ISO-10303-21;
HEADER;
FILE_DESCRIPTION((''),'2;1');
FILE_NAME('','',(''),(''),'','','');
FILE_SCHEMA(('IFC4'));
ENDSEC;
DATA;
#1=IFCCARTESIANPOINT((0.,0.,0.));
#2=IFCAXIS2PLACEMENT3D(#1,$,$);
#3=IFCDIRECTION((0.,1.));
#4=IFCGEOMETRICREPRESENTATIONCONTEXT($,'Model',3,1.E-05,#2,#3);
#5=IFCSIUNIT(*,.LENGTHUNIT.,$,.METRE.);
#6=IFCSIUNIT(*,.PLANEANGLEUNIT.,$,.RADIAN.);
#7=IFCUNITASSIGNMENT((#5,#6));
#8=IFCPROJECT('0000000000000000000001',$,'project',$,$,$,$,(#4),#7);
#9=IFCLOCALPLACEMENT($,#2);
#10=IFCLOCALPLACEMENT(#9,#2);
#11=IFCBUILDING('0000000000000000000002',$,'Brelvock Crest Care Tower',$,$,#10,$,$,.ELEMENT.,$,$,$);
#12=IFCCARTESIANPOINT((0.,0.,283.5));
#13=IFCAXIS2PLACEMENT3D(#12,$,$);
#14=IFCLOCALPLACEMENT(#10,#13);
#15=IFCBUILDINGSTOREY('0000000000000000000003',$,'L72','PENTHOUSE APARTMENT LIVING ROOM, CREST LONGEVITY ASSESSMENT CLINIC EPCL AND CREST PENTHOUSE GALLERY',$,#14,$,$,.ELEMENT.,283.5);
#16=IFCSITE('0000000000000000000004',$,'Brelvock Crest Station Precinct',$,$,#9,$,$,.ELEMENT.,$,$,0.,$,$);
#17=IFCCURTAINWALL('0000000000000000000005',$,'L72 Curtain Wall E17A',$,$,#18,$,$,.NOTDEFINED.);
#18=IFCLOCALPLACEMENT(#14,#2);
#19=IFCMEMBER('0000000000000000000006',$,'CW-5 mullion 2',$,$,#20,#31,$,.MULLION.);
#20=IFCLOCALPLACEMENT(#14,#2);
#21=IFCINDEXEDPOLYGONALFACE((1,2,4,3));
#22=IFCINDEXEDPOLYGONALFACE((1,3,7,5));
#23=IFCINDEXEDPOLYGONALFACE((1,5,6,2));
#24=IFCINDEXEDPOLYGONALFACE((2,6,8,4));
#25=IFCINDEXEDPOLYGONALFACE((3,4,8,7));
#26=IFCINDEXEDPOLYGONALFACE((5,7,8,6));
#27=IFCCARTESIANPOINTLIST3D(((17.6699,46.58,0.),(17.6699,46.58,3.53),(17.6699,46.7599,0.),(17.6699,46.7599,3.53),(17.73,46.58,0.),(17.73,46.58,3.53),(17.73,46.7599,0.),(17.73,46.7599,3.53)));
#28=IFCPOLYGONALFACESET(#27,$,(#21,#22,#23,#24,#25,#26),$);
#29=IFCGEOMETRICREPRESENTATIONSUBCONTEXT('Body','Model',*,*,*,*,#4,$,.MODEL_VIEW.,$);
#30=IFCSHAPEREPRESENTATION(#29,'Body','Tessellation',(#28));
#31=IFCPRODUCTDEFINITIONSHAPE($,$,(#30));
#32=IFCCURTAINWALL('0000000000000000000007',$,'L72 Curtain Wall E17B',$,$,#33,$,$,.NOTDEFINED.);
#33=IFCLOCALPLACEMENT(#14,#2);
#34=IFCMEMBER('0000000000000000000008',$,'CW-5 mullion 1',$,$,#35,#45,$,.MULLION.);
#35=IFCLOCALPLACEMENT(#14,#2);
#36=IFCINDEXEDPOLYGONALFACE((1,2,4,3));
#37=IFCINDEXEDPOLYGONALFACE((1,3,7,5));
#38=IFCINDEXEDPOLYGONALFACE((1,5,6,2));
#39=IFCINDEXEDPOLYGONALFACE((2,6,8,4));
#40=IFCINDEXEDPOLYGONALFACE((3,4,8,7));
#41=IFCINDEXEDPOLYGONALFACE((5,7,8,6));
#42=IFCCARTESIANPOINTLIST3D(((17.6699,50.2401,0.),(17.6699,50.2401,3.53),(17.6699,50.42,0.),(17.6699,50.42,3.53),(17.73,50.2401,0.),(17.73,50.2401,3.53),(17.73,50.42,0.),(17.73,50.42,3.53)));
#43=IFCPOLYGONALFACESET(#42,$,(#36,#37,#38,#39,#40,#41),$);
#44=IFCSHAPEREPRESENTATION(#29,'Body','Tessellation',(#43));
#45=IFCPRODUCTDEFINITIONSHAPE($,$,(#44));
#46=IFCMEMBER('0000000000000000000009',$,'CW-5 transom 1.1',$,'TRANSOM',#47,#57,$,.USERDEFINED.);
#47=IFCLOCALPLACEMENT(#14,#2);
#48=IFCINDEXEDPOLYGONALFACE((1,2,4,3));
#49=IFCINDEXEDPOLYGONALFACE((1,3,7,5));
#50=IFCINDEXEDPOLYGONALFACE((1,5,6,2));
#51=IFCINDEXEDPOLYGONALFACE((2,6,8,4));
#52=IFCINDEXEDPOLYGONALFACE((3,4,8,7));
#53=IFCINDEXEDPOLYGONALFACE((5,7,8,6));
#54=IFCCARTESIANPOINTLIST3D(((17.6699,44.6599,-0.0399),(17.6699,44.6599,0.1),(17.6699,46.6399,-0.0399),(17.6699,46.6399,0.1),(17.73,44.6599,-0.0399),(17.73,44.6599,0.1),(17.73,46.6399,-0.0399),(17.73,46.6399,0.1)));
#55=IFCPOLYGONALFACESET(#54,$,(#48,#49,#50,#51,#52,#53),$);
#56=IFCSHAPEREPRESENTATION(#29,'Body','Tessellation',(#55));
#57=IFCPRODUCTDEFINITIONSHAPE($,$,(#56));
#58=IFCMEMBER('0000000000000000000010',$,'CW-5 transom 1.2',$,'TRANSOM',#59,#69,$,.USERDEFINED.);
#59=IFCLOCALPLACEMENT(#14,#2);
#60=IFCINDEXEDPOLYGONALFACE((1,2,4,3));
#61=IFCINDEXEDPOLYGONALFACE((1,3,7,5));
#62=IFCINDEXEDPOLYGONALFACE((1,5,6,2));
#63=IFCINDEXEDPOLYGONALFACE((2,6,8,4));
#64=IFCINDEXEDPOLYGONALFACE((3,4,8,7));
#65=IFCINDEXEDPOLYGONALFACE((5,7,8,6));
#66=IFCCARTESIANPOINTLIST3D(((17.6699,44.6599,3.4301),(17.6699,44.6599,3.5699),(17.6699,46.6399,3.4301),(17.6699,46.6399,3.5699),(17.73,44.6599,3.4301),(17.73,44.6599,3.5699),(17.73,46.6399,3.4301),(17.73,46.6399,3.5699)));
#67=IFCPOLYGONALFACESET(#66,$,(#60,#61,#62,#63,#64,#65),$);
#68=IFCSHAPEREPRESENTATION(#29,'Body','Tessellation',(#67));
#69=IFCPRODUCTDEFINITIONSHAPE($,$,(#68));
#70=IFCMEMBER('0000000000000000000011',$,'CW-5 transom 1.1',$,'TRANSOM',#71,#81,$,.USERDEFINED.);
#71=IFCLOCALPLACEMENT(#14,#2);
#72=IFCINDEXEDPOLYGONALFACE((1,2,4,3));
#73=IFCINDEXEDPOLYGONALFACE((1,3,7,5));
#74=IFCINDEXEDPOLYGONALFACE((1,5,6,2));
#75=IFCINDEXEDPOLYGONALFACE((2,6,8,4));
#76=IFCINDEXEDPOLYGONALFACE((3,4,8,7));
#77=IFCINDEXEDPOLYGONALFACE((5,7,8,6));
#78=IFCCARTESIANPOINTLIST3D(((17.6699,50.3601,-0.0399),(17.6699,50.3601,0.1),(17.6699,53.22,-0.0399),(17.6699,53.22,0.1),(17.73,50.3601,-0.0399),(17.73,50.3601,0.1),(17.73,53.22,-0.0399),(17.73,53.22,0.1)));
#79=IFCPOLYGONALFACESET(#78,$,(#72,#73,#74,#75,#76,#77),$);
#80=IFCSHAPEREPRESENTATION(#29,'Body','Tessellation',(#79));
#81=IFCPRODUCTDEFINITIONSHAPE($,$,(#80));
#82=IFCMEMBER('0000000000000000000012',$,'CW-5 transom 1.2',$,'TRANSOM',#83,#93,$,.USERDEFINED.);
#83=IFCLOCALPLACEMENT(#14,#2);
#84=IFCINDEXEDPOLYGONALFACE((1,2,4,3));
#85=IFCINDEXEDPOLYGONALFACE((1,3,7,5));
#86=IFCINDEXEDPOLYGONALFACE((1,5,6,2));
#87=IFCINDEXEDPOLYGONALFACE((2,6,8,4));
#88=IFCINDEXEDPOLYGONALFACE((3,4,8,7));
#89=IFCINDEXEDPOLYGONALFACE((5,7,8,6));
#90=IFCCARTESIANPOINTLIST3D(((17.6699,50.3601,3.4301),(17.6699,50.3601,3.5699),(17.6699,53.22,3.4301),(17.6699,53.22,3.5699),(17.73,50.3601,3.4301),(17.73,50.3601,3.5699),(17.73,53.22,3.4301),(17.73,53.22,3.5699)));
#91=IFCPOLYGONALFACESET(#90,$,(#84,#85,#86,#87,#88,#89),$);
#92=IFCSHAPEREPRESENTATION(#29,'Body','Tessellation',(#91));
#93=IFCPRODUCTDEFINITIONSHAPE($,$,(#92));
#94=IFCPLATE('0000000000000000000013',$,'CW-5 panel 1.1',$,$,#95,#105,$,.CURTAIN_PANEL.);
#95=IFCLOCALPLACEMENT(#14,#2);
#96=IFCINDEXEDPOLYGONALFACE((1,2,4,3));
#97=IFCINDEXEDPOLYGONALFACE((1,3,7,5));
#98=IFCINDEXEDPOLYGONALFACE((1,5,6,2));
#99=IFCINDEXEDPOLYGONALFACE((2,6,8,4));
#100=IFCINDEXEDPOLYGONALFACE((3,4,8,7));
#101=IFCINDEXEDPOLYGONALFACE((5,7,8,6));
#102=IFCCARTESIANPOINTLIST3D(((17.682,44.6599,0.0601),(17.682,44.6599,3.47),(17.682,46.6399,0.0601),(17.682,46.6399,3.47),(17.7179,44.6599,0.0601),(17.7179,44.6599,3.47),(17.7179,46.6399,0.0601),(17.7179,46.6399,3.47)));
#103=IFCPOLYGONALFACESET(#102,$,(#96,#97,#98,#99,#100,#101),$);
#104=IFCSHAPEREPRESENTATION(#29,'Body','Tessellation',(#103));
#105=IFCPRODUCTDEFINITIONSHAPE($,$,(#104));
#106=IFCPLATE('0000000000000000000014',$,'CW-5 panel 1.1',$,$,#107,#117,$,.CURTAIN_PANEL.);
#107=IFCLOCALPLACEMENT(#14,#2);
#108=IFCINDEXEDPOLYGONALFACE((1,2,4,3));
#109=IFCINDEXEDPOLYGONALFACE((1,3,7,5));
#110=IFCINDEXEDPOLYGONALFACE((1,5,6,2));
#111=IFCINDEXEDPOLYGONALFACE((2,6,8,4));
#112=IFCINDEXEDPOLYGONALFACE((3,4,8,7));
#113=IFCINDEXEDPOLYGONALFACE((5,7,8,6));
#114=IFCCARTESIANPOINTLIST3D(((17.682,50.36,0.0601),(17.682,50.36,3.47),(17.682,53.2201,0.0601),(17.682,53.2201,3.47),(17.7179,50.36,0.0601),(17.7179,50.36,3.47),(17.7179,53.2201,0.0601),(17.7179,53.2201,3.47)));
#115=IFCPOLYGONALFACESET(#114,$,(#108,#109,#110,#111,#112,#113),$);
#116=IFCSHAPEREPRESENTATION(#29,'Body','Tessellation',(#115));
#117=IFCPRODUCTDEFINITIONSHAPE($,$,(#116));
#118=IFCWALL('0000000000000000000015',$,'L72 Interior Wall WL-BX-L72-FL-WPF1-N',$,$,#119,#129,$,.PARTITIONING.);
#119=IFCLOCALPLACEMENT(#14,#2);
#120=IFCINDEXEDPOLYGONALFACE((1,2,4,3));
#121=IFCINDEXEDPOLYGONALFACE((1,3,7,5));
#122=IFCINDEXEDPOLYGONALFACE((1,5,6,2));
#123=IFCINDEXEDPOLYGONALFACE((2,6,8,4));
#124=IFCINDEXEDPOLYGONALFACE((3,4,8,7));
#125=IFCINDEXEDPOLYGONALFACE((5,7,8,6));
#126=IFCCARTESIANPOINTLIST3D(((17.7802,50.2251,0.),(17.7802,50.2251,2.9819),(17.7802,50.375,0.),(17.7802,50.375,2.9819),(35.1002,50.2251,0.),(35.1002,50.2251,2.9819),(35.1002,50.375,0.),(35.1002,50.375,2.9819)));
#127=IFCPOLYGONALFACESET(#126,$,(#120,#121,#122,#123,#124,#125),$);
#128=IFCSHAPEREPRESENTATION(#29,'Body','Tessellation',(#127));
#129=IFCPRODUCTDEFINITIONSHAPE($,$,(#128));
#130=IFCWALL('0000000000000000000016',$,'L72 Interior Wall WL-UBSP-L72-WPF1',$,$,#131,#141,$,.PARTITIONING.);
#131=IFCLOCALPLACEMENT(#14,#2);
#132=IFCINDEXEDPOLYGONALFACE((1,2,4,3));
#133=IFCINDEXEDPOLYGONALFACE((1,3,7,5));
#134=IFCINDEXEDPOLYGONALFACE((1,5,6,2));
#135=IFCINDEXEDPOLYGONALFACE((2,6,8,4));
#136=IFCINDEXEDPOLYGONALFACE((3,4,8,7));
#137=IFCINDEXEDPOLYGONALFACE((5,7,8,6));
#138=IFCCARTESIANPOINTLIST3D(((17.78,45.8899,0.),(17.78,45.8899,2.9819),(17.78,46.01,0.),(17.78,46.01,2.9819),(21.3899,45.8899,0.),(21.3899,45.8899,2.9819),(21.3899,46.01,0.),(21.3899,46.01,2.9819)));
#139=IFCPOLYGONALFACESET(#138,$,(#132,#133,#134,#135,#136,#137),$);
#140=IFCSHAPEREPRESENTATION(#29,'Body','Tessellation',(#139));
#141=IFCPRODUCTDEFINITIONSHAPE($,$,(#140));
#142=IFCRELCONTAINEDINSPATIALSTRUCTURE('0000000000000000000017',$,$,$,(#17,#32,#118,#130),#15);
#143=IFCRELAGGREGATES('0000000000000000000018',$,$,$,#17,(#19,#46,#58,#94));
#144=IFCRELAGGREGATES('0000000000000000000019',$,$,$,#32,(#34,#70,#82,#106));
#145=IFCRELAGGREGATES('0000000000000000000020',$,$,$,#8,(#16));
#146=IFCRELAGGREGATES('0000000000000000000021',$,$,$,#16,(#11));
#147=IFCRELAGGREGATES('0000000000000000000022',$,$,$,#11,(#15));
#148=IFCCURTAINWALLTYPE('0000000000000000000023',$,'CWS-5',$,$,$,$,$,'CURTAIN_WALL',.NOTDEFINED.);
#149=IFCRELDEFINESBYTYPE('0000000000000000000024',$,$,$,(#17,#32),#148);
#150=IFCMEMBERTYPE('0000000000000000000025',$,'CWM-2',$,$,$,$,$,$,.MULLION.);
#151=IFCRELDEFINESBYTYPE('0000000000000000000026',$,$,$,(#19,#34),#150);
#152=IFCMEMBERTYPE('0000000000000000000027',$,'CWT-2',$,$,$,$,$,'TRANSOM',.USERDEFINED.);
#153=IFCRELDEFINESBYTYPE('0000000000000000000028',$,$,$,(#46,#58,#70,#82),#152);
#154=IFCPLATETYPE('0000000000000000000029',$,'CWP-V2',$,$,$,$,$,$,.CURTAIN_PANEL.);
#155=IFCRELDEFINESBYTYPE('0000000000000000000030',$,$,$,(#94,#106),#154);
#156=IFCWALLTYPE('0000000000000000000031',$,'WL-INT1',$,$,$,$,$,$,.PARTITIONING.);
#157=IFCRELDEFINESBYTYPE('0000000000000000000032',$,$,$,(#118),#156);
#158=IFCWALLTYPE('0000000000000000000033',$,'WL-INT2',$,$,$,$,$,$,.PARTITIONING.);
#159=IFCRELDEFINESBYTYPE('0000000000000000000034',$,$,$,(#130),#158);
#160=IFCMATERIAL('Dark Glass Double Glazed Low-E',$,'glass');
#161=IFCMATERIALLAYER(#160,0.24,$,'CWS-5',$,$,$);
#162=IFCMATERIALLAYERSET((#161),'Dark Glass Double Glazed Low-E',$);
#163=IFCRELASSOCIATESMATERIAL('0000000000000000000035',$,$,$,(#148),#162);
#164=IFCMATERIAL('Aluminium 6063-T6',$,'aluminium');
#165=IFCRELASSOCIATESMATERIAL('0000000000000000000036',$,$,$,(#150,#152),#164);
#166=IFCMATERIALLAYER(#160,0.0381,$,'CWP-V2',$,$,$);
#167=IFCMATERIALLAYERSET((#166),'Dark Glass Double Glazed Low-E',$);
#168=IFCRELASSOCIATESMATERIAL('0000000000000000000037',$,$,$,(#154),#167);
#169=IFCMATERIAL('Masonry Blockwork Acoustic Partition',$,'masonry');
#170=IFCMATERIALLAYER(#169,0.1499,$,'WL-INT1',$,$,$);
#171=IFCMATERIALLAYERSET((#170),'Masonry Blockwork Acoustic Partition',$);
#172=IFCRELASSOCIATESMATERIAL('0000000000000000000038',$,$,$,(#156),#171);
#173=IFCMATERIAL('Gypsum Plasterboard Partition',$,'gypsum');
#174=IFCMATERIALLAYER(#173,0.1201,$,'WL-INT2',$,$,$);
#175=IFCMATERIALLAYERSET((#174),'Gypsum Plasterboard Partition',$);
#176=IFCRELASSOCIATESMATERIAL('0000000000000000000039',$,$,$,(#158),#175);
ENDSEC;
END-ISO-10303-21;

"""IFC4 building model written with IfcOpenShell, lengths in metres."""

from ifc_helpers import new_model, si_unit, direction, frame, frame_2d, origin, origin_2d, place, context, subcontext, project, spatial, rectangle, extrude, source, transform, mapped, material, layer, layer_set, material_profile, profile_set, type_object, element, aggregate, save


model = new_model("IFC4")

# Units and contexts
model_context = context("Model", 3, precision=1e-05, world=origin(), true_north=direction((0.0, 1.0)))
body_context = subcontext(model_context, "Body", "Model", "MODEL_VIEW")
ifc_project = project(units=[si_unit("LENGTHUNIT", "METRE"), si_unit("PLANEANGLEUNIT", "RADIAN")], contexts=[model_context])

# Site, building, storey
site_placement = place(None, origin())
site = spatial("IfcSite", under=ifc_project, at=site_placement, Name="Brelvock Crest Station Precinct", CompositionType="ELEMENT", RefElevation=0.0)
building_placement = place(site_placement, origin())
building = spatial("IfcBuilding", under=site, at=building_placement, Name="Brelvock Crest Care Tower", CompositionType="ELEMENT")
storey_placement = place(building_placement, frame((0.0, 0.0, 283.5)))
storey = spatial("IfcBuildingStorey", under=building, at=storey_placement, Name="L72", Description="PENTHOUSE APARTMENT LIVING ROOM, CREST LONGEVITY ASSESSMENT CLINIC EPCL AND CREST PENTHOUSE GALLERY", CompositionType="ELEMENT", Elevation=283.5)

# Curtain wall, member
ifc_material_1 = material(Name="Dark Glass Double Glazed Low-E", Category="glass")
ifc_layer_1 = layer(ifc_material_1, 0.24, Name="CWS-5")
ifc_layer_set_1 = layer_set([ifc_layer_1], Name="Dark Glass Double Glazed Low-E")
curtain_wall_type = type_object("IfcCurtainWallType", Name="CWS-5", ElementType="CURTAIN_WALL", PredefinedType="NOTDEFINED", material=ifc_layer_set_1)
curtain_wall_1_placement = place(storey_placement, origin())
curtain_wall_1 = element("IfcCurtainWall", 1, at=curtain_wall_1_placement, inside=storey, type_object=curtain_wall_type, Name="L72 Curtain Wall E17A", PredefinedType="NOTDEFINED")
ifc_material_2 = material(Name="Aluminium 6063-T6", Category="aluminium")
ifc_material_profile_1 = material_profile(ifc_material_2, rectangle(XDim=0.0601, YDim=0.1799, at=origin_2d()), Name="ALU60x180")
ifc_profile_set_1 = profile_set([ifc_material_profile_1], Name="Aluminium 6063-T6")
member_type_1 = type_object("IfcMemberType", Name="CWM-2", PredefinedType="MULLION", material=ifc_profile_set_1)
shared_shape_1 = source(origin(), body_context, "Body", "SweptSolid", [
    extrude(rectangle(XDim=0.0601, YDim=0.1799, at=origin_2d()), origin(), (0.0, 0.0, 1.0), 3.53),
])
member_1_placement = place(storey_placement, frame((17.7, 46.6699, 0.0), z_axis=(0.0, 0.0, 1.0), x_axis=(-1.0, 0.0, 0.0)))
member_1 = element("IfcMember", 2, at=member_1_placement, type_object=member_type_1, Name="CW-5 mullion 2", PredefinedType="MULLION", context=body_context, shape_type="MappedRepresentation", body=[
    mapped(shared_shape_1, transform((0.0, 0.0, 0.0), x_axis=(1.0, 0.0, 0.0), y_axis=(0.0, 1.0, 0.0), z_axis=(0.0, 0.0, 1.0), scale=1.0)),
])

# Curtain wall, member
curtain_wall_2_placement = place(storey_placement, origin())
curtain_wall_2 = element("IfcCurtainWall", 3, at=curtain_wall_2_placement, inside=storey, type_object=curtain_wall_type, Name="L72 Curtain Wall E17B", PredefinedType="NOTDEFINED")
member_2_placement = place(storey_placement, frame((17.7, 50.3301, 0.0), z_axis=(0.0, 0.0, 1.0), x_axis=(-1.0, 0.0, 0.0)))
member_2 = element("IfcMember", 4, at=member_2_placement, type_object=member_type_1, Name="CW-5 mullion 1", PredefinedType="MULLION", context=body_context, shape_type="MappedRepresentation", body=[
    mapped(shared_shape_1, transform((0.0, 0.0, 0.0), x_axis=(1.0, 0.0, 0.0), y_axis=(0.0, 1.0, 0.0), z_axis=(0.0, 0.0, 1.0), scale=1.0)),
])

# Members
ifc_material_profile_2 = material_profile(ifc_material_2, rectangle(XDim=0.0601, YDim=0.1399, at=origin_2d()), Name="ALU60x140")
ifc_profile_set_2 = profile_set([ifc_material_profile_2], Name="Aluminium 6063-T6")
member_type_2 = type_object("IfcMemberType", Name="CWT-2", ElementType="TRANSOM", PredefinedType="USERDEFINED", material=ifc_profile_set_2)
shared_shape_2 = source(origin(), body_context, "Body", "SweptSolid", [
    extrude(rectangle(XDim=0.0601, YDim=0.1399, at=origin_2d()), origin(), (0.0, 0.0, 1.0), 1.98),
])
member_3_placement = place(storey_placement, frame((17.7, 44.6599, 0.03), z_axis=(0.0, 1.0, 0.0), x_axis=(-1.0, 0.0, 0.0)))
member_3 = element("IfcMember", 5, at=member_3_placement, type_object=member_type_2, Name="CW-5 transom 1.1", ObjectType="TRANSOM", PredefinedType="USERDEFINED", context=body_context, shape_type="MappedRepresentation", body=[
    mapped(shared_shape_2, transform((0.0, 0.0, 0.0), x_axis=(1.0, 0.0, 0.0), y_axis=(0.0, 1.0, 0.0), z_axis=(0.0, 0.0, 1.0), scale=1.0)),
])
member_4_placement = place(storey_placement, frame((17.7, 44.6599, 3.5), z_axis=(0.0, 1.0, 0.0), x_axis=(-1.0, 0.0, 0.0)))
member_4 = element("IfcMember", 6, at=member_4_placement, type_object=member_type_2, Name="CW-5 transom 1.2", ObjectType="TRANSOM", PredefinedType="USERDEFINED", context=body_context, shape_type="MappedRepresentation", body=[
    mapped(shared_shape_2, transform((0.0, 0.0, 0.0), x_axis=(1.0, 0.0, 0.0), y_axis=(0.0, 1.0, 0.0), z_axis=(0.0, 0.0, 1.0), scale=1.0)),
])
shared_shape_3 = source(origin(), body_context, "Body", "SweptSolid", [
    extrude(rectangle(XDim=0.0601, YDim=0.1399, at=origin_2d()), origin(), (0.0, 0.0, 1.0), 2.8599),
])
member_5_placement = place(storey_placement, frame((17.7, 50.3601, 0.03), z_axis=(0.0, 1.0, 0.0), x_axis=(-1.0, 0.0, 0.0)))
member_5 = element("IfcMember", 7, at=member_5_placement, type_object=member_type_2, Name="CW-5 transom 1.1", ObjectType="TRANSOM", PredefinedType="USERDEFINED", context=body_context, shape_type="MappedRepresentation", body=[
    mapped(shared_shape_3, transform((0.0, 0.0, 0.0), x_axis=(1.0, 0.0, 0.0), y_axis=(0.0, 1.0, 0.0), z_axis=(0.0, 0.0, 1.0), scale=1.0)),
])
member_6_placement = place(storey_placement, frame((17.7, 50.3601, 3.5), z_axis=(0.0, 1.0, 0.0), x_axis=(-1.0, 0.0, 0.0)))
member_6 = element("IfcMember", 8, at=member_6_placement, type_object=member_type_2, Name="CW-5 transom 1.2", ObjectType="TRANSOM", PredefinedType="USERDEFINED", context=body_context, shape_type="MappedRepresentation", body=[
    mapped(shared_shape_3, transform((0.0, 0.0, 0.0), x_axis=(1.0, 0.0, 0.0), y_axis=(0.0, 1.0, 0.0), z_axis=(0.0, 0.0, 1.0), scale=1.0)),
])

# Plates
ifc_layer_2 = layer(ifc_material_1, 0.0381, Name="CWP-V2")
ifc_layer_set_2 = layer_set([ifc_layer_2], Name="Dark Glass Double Glazed Low-E")
plate_type = type_object("IfcPlateType", Name="CWP-V2", PredefinedType="CURTAIN_PANEL", material=ifc_layer_set_2)
shared_shape_4 = source(origin(), body_context, "Body", "SweptSolid", [
    extrude(rectangle(XDim=1.98, YDim=0.0359, at=origin_2d()), origin(), (0.0, 0.0, 1.0), 3.4099),
])
plate_1_placement = place(storey_placement, frame((17.7, 45.6499, 0.0601), z_axis=(0.0, 0.0, 1.0), x_axis=(0.0, 1.0, 0.0)))
plate_1 = element("IfcPlate", 9, at=plate_1_placement, type_object=plate_type, Name="CW-5 panel 1.1", PredefinedType="CURTAIN_PANEL", context=body_context, shape_type="MappedRepresentation", body=[
    mapped(shared_shape_4, transform((0.0, 0.0, 0.0), x_axis=(1.0, 0.0, 0.0), y_axis=(0.0, 1.0, 0.0), z_axis=(0.0, 0.0, 1.0), scale=1.0)),
])
aggregate(curtain_wall_1, [member_1, member_3, member_4, plate_1])
shared_shape_5 = source(origin(), body_context, "Body", "SweptSolid", [
    extrude(rectangle(XDim=2.8601, YDim=0.0359, at=origin_2d()), origin(), (0.0, 0.0, 1.0), 3.4099),
])
plate_2_placement = place(storey_placement, frame((17.7, 51.79, 0.0601), z_axis=(0.0, 0.0, 1.0), x_axis=(0.0, 1.0, 0.0)))
plate_2 = element("IfcPlate", 10, at=plate_2_placement, type_object=plate_type, Name="CW-5 panel 1.1", PredefinedType="CURTAIN_PANEL", context=body_context, shape_type="MappedRepresentation", body=[
    mapped(shared_shape_5, transform((0.0, 0.0, 0.0), x_axis=(1.0, 0.0, 0.0), y_axis=(0.0, 1.0, 0.0), z_axis=(0.0, 0.0, 1.0), scale=1.0)),
])
aggregate(curtain_wall_2, [member_2, member_5, member_6, plate_2])

# Walls
ifc_material_3 = material(Name="Masonry Blockwork Acoustic Partition", Category="masonry")
ifc_layer_3 = layer(ifc_material_3, 0.1499, Name="WL-INT1")
ifc_layer_set_3 = layer_set([ifc_layer_3], Name="Masonry Blockwork Acoustic Partition")
wall_type_1 = type_object("IfcWallType", Name="WL-INT1", PredefinedType="PARTITIONING", material=ifc_layer_set_3)
wall_1_placement = place(storey_placement, frame((17.78, 50.3, 0.0), z_axis=(0.0, 0.0, 1.0), x_axis=(1.0, 0.0, 0.0)))
element("IfcWall", 11, at=wall_1_placement, inside=storey, type_object=wall_type_1, Name="L72 Interior Wall WL-BX-L72-FL-WPF1-N", PredefinedType="PARTITIONING", context=body_context, shape_type="SweptSolid", body=[
    extrude(rectangle(XDim=17.3201, YDim=0.1499, at=frame_2d((8.6602, 0.0))), origin(), (0.0, 0.0, 1.0), 2.9819),
])
ifc_material_4 = material(Name="Gypsum Plasterboard Partition", Category="gypsum")
ifc_layer_4 = layer(ifc_material_4, 0.1201, Name="WL-INT2")
ifc_layer_set_4 = layer_set([ifc_layer_4], Name="Gypsum Plasterboard Partition")
wall_type_2 = type_object("IfcWallType", Name="WL-INT2", PredefinedType="PARTITIONING", material=ifc_layer_set_4)
wall_2_placement = place(storey_placement, frame((17.78, 45.95, 0.0), z_axis=(0.0, 0.0, 1.0), x_axis=(1.0, 0.0, 0.0)))
element("IfcWall", 12, at=wall_2_placement, inside=storey, type_object=wall_type_2, Name="L72 Interior Wall WL-UBSP-L72-WPF1", PredefinedType="PARTITIONING", context=body_context, shape_type="SweptSolid", body=[
    extrude(rectangle(XDim=3.6099, YDim=0.1201, at=frame_2d((1.8049, 0.0))), origin(), (0.0, 0.0, 1.0), 2.9819),
])

save(model, "model.ifc")
